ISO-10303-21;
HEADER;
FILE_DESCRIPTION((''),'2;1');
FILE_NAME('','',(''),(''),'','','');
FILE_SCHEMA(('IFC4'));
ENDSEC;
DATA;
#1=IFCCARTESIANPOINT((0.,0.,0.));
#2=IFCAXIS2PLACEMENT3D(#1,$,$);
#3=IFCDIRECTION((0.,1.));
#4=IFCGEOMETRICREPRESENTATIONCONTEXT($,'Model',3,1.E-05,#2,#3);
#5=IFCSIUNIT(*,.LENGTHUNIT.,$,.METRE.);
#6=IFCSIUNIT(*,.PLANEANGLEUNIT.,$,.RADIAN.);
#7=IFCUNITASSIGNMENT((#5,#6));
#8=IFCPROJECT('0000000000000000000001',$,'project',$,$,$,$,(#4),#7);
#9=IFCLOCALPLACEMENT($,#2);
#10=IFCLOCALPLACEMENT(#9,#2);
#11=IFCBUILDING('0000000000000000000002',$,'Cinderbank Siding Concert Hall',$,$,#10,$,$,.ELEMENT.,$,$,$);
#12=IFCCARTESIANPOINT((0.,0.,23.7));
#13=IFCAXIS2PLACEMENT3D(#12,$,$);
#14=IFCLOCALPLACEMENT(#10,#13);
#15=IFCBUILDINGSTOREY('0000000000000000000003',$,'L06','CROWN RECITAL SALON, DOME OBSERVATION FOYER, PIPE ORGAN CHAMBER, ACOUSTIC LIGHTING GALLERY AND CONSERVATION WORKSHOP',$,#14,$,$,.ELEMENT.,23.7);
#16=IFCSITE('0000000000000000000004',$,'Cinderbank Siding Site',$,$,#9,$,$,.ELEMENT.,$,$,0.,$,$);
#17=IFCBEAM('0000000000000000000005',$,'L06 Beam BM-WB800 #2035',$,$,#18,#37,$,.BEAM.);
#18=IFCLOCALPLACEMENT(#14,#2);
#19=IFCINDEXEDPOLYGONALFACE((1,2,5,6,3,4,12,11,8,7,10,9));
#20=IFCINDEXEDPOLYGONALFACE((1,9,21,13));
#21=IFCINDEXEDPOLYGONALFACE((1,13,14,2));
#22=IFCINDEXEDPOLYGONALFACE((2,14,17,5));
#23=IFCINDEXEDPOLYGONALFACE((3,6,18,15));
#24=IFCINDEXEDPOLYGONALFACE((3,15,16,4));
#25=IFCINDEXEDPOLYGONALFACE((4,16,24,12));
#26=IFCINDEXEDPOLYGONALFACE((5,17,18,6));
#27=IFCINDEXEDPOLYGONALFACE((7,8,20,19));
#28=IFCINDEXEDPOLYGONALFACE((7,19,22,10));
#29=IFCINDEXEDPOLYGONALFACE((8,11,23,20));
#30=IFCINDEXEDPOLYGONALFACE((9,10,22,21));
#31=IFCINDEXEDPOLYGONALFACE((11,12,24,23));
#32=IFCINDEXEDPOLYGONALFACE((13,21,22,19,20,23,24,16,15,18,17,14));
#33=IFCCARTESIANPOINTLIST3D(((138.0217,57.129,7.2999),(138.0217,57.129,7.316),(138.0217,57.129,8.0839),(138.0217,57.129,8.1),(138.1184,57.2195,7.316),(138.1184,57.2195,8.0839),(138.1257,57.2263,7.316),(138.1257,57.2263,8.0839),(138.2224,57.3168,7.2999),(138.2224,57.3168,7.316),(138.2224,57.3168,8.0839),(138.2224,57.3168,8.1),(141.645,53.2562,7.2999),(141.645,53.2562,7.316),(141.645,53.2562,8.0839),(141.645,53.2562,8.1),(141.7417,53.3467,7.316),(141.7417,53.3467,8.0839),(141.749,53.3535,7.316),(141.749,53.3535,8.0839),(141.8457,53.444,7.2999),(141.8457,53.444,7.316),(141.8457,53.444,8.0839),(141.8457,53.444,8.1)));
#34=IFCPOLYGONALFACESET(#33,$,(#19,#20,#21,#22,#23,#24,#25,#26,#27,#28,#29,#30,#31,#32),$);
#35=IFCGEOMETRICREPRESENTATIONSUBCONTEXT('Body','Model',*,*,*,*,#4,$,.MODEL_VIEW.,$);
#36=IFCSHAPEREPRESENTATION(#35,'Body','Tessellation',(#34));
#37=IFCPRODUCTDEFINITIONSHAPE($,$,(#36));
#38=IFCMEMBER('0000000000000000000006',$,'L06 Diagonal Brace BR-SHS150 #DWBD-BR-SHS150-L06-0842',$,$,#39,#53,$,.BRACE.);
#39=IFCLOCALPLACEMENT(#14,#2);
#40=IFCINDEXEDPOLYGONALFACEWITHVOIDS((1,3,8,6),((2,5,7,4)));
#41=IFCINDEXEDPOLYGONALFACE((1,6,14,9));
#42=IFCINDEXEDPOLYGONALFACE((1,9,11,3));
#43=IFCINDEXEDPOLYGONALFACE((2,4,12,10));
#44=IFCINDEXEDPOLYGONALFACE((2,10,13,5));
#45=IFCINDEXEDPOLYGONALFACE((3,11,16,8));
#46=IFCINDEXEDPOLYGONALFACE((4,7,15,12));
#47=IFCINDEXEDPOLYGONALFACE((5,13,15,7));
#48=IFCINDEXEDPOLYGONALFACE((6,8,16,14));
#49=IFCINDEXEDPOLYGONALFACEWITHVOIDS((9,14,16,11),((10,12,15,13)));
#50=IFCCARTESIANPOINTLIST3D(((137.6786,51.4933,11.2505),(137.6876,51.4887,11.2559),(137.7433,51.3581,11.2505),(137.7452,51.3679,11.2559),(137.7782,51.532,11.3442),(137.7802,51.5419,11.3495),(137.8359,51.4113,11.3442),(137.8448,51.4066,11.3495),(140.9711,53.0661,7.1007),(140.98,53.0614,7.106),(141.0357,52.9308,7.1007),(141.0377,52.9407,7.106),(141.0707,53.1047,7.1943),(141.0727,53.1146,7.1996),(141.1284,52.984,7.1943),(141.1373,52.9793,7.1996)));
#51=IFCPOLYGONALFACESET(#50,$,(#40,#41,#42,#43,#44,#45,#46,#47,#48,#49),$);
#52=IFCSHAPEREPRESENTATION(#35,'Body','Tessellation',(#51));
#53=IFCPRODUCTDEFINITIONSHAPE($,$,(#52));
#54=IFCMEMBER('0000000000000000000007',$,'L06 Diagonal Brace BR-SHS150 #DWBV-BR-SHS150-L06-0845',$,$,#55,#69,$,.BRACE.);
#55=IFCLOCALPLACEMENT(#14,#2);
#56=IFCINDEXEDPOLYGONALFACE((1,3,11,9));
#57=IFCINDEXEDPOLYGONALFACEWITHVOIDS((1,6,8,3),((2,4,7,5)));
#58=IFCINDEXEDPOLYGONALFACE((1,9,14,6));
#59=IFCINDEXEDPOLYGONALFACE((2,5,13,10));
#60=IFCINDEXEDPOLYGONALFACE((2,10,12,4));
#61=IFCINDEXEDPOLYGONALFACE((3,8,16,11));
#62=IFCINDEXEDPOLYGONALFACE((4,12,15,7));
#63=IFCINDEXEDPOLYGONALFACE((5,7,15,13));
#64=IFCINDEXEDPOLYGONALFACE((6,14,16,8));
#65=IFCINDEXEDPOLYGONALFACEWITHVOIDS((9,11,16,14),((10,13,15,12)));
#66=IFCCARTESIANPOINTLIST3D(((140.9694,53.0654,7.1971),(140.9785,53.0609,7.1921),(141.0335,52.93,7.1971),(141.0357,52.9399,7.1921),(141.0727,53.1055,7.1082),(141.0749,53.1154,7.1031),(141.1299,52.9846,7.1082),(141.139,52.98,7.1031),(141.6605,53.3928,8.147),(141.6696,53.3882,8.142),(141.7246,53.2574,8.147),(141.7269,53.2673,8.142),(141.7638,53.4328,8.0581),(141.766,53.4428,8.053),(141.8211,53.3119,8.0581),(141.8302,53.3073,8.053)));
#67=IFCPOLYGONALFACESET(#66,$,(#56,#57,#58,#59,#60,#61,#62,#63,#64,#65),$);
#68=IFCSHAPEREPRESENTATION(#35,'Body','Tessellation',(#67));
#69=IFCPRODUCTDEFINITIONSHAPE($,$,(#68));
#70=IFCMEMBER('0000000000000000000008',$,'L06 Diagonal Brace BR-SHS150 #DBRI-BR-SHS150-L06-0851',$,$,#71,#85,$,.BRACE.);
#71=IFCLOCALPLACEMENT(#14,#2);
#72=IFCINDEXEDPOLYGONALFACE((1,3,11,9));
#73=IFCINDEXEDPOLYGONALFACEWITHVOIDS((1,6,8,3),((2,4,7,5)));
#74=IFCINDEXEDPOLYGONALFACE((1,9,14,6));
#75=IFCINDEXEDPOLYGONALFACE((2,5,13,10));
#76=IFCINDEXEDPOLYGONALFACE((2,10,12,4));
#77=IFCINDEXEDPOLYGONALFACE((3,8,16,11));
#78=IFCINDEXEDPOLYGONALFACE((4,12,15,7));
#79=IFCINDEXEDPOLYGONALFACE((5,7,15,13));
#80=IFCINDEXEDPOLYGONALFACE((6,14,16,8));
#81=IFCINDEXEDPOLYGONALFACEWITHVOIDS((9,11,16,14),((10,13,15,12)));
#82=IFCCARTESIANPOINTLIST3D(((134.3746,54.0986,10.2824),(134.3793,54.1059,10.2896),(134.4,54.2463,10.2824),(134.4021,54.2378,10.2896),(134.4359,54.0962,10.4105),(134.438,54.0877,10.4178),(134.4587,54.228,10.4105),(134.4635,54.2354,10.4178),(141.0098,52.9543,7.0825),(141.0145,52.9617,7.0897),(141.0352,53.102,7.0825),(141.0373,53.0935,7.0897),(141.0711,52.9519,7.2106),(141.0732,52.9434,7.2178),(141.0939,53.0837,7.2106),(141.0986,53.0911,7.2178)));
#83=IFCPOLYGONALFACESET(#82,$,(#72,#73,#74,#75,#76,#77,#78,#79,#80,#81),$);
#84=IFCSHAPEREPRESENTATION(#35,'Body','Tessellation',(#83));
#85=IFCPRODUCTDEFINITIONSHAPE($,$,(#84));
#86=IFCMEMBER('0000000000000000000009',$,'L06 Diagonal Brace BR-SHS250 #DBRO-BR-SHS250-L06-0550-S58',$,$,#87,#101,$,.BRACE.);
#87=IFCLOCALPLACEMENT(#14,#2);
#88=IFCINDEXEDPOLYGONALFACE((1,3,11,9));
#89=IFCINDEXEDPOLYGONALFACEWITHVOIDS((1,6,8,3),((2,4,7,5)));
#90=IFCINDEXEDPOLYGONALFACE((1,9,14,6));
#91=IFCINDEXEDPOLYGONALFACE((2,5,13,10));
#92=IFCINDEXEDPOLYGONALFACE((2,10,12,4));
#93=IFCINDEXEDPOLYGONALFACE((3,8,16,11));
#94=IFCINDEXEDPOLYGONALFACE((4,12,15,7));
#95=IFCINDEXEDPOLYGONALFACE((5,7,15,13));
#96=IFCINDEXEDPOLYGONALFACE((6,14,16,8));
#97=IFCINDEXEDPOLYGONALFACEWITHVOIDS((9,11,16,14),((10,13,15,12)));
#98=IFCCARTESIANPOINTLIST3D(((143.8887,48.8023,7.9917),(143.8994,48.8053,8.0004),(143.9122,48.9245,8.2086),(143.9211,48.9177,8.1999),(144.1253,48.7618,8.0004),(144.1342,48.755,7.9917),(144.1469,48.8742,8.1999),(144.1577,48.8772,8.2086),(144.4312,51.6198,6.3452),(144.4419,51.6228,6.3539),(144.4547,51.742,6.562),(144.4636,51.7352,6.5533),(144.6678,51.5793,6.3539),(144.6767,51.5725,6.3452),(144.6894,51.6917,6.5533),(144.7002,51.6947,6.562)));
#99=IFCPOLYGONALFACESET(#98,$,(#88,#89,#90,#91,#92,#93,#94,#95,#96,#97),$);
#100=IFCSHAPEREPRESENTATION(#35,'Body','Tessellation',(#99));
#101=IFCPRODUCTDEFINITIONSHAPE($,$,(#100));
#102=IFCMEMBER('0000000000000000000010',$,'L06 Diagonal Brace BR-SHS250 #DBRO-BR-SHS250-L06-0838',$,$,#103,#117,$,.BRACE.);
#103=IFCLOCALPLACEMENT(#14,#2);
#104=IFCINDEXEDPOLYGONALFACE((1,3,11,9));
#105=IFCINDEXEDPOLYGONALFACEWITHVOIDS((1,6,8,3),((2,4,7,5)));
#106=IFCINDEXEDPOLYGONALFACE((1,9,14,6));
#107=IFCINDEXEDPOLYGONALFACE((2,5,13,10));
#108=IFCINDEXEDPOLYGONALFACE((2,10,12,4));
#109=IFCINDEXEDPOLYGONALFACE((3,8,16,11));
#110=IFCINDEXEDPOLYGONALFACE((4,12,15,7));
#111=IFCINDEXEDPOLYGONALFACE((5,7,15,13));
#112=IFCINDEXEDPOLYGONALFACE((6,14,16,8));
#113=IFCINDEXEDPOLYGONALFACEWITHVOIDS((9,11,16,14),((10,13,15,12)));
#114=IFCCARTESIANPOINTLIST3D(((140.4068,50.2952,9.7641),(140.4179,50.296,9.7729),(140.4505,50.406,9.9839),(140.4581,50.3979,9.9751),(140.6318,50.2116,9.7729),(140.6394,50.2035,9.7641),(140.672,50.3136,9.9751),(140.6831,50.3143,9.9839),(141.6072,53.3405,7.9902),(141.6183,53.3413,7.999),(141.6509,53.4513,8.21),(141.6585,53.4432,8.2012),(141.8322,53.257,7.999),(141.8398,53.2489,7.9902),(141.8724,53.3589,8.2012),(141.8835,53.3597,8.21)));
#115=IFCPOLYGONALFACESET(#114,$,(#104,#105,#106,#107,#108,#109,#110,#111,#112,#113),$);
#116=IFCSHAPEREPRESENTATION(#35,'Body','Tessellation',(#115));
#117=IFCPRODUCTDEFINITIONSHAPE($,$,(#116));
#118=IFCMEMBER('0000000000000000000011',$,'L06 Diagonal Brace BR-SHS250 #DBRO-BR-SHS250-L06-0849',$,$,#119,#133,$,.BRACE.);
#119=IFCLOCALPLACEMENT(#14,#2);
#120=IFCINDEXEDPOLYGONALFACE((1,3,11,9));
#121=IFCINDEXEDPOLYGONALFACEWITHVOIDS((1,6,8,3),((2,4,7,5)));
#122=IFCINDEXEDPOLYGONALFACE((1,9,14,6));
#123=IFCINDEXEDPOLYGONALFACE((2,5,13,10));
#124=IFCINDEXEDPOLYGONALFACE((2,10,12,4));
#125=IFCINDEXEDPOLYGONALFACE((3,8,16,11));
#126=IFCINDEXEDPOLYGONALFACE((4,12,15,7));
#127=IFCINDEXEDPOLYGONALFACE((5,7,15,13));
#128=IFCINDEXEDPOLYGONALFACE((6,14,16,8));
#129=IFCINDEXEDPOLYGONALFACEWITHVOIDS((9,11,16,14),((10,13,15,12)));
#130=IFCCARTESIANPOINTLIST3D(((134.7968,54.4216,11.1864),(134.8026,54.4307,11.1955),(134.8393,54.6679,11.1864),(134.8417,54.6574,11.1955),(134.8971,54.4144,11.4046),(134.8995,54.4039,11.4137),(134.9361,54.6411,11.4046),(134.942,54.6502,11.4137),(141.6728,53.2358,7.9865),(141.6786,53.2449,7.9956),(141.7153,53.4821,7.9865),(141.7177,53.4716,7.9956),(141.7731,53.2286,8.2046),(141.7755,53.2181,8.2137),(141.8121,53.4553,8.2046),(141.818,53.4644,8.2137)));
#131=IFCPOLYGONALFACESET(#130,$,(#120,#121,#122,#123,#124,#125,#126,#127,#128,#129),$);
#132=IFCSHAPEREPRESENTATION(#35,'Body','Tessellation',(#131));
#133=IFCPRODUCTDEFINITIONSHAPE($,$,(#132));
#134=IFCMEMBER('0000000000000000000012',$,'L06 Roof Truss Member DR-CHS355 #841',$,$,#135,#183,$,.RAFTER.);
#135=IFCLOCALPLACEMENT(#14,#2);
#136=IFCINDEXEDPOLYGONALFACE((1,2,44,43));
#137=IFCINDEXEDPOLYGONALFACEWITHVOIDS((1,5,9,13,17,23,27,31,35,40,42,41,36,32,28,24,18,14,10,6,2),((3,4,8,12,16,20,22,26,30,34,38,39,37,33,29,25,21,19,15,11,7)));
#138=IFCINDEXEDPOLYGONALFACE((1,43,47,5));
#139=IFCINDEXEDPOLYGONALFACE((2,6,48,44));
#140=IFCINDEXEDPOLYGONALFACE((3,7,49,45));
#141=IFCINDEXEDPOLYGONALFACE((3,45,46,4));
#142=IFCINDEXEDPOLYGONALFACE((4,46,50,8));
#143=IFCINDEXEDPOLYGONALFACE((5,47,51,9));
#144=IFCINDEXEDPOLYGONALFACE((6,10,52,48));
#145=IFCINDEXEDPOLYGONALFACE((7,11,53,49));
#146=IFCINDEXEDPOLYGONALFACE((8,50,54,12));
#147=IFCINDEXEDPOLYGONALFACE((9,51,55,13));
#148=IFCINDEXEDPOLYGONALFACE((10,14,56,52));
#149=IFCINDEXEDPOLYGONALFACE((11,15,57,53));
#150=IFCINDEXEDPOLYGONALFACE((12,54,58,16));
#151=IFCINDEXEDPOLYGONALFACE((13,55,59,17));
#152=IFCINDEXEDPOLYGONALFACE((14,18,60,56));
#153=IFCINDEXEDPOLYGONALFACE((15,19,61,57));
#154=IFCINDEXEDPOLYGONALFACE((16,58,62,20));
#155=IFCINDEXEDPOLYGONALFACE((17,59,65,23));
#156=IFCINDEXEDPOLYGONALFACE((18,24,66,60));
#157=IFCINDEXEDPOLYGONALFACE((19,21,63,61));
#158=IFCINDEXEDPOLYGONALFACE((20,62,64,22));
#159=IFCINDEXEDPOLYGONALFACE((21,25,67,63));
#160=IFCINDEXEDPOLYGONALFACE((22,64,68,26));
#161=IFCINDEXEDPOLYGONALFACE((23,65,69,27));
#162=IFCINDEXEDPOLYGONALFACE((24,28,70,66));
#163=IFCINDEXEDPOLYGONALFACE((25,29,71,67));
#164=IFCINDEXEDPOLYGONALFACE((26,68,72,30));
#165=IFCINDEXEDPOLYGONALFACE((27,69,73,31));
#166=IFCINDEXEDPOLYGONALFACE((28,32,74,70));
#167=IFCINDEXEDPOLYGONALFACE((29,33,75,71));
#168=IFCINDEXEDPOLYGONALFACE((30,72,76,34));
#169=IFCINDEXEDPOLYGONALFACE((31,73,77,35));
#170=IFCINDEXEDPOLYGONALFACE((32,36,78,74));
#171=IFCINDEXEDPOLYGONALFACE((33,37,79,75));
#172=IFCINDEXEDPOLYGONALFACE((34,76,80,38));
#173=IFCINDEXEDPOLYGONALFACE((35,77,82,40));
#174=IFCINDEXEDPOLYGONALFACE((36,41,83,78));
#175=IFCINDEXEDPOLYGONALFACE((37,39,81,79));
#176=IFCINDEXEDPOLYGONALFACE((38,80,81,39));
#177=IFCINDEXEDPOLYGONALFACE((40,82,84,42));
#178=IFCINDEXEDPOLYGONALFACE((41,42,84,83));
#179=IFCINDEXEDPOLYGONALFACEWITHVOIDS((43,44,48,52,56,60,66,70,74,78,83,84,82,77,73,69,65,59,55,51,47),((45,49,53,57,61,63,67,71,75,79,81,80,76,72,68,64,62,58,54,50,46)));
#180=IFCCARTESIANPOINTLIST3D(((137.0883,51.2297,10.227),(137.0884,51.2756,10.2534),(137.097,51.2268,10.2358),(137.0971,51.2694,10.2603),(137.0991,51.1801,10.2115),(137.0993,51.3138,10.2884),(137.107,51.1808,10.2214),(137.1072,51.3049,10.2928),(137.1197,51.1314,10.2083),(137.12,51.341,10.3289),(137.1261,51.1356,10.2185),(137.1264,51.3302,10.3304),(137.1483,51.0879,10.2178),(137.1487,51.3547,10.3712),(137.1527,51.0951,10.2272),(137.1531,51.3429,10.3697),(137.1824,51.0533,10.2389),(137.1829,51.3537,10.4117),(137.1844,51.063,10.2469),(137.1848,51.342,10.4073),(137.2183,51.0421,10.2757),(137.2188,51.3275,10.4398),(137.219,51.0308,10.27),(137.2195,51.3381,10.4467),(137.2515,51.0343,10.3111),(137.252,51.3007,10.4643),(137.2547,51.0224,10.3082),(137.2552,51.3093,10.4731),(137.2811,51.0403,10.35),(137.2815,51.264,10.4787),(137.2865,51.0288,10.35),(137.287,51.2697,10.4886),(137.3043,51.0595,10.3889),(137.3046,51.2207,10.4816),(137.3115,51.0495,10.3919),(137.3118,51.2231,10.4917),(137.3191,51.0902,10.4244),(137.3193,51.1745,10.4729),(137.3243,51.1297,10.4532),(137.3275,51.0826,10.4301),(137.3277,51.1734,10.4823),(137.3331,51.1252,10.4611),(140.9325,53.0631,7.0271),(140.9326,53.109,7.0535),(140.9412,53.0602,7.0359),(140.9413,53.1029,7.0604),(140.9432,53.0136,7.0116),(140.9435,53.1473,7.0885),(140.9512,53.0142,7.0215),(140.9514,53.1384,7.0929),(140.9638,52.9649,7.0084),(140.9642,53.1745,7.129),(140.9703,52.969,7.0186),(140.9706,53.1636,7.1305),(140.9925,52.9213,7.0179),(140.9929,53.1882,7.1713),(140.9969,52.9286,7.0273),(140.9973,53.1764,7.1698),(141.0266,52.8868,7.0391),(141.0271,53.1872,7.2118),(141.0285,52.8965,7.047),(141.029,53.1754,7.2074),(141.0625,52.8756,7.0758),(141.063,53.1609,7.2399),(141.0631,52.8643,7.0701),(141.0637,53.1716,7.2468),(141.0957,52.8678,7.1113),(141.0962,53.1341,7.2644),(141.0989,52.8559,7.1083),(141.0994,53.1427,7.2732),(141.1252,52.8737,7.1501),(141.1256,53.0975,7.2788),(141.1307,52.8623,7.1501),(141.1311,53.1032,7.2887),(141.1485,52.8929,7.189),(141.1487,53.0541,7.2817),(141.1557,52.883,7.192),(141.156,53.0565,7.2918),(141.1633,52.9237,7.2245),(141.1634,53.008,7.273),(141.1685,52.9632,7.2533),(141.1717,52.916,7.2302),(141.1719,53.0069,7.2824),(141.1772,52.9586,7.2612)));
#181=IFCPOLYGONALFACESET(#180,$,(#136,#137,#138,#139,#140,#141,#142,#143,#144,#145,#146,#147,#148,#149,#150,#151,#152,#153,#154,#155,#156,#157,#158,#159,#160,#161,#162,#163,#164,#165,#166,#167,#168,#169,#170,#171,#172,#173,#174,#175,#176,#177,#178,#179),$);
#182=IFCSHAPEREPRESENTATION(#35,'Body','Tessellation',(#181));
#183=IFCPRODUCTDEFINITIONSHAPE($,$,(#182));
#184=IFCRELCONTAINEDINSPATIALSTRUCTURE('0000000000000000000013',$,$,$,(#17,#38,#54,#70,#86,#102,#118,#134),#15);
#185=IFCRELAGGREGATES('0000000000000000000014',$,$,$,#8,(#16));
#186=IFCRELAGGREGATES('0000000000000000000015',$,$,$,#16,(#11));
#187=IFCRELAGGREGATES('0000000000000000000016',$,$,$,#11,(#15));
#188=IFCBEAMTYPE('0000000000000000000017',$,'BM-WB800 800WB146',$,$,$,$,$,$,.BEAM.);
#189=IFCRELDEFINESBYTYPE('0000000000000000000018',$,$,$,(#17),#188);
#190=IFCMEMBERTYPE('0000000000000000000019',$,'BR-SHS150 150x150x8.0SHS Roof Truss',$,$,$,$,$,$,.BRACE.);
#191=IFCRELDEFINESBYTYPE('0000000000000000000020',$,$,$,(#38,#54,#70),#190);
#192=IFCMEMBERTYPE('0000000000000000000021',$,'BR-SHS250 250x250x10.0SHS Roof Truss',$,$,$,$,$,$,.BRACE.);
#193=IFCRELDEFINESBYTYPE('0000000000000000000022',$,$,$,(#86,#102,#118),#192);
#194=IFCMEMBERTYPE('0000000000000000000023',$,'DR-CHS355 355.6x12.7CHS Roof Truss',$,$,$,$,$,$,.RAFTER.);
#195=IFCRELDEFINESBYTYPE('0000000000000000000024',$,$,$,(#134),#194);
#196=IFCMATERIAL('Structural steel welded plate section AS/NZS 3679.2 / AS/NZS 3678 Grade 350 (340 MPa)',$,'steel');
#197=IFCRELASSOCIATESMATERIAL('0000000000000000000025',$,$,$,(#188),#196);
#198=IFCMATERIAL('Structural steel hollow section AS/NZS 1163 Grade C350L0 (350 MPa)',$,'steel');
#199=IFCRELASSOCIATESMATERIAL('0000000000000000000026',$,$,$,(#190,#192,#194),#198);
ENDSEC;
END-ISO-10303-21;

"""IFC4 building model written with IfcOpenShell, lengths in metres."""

from ifc_helpers import new_model, si_unit, direction, frame, origin, origin_2d, place, context, subcontext, project, spatial, hollow_rectangle, hollow_circle, i_section, extrude, material, material_profile, profile_set, type_object, element, save


model = new_model("IFC4")

# Units and contexts
model_context = context("Model", 3, precision=1e-05, world=origin(), true_north=direction((0.0, 1.0)))
body_context = subcontext(model_context, "Body", "Model", "MODEL_VIEW")
ifc_project = project(units=[si_unit("LENGTHUNIT", "METRE"), si_unit("PLANEANGLEUNIT", "RADIAN")], contexts=[model_context])

# Site, building, storey
site_placement = place(None, origin())
site = spatial("IfcSite", under=ifc_project, at=site_placement, Name="Cinderbank Siding Site", CompositionType="ELEMENT", RefElevation=0.0)
building_placement = place(site_placement, origin())
building = spatial("IfcBuilding", under=site, at=building_placement, Name="Cinderbank Siding Concert Hall", CompositionType="ELEMENT")
storey_placement = place(building_placement, frame((0.0, 0.0, 23.7)))
storey = spatial("IfcBuildingStorey", under=building, at=storey_placement, Name="L06", Description="CROWN RECITAL SALON, DOME OBSERVATION FOYER, PIPE ORGAN CHAMBER, ACOUSTIC LIGHTING GALLERY AND CONSERVATION WORKSHOP", CompositionType="ELEMENT", Elevation=23.7)

# Beam
ifc_material_1 = material(Name="Structural steel welded plate section AS/NZS 3679.2 / AS/NZS 3678 Grade 350 (340 MPa)", Category="steel")
ifc_material_profile_1 = material_profile(ifc_material_1, i_section(OverallWidth=0.2749, OverallDepth=0.8, WebThickness=0.01, FlangeThickness=0.0161, at=origin_2d()), Name="800WB146", Category="LoadBearing")
ifc_profile_set_1 = profile_set([ifc_material_profile_1], Name="Structural steel welded plate section AS/NZS 3679.2 / AS/NZS 3678 Grade 350 (340 MPa)")
beam_type = type_object("IfcBeamType", Name="BM-WB800 800WB146", PredefinedType="BEAM", material=ifc_profile_set_1)
beam_placement = place(storey_placement, frame((141.7454, 53.3501, 7.7), z_axis=(-0.683192, 0.730239, 0.0), x_axis=(-0.730239, -0.683192, 0.0)))
element("IfcBeam", 1, at=beam_placement, inside=storey, type_object=beam_type, Name="L06 Beam BM-WB800 #2035", PredefinedType="BEAM", context=body_context, shape_type="SweptSolid", body=[
    extrude(i_section(OverallWidth=0.2749, OverallDepth=0.8, WebThickness=0.01, FlangeThickness=0.0161, at=origin_2d()), origin(), (0.0, 0.0, 1.0), 5.3035),
])

# Members
ifc_material_2 = material(Name="Structural steel hollow section AS/NZS 1163 Grade C350L0 (350 MPa)", Category="steel")
ifc_material_profile_2 = material_profile(ifc_material_2, hollow_rectangle(XDim=0.1499, YDim=0.1499, WallThickness=0.0081, at=origin_2d()), Name="150x150x8.0SHS", Category="LoadBearing")
ifc_profile_set_2 = profile_set([ifc_material_profile_2], Name="Structural steel hollow section AS/NZS 1163 Grade C350L0 (350 MPa)")
member_type_1 = type_object("IfcMemberType", Name="BR-SHS150 150x150x8.0SHS Roof Truss", PredefinedType="BRACE", material=ifc_profile_set_2)
member_1_placement = place(storey_placement, frame((141.0542, 53.0227, 7.1501), z_axis=(-0.595826, -0.284615, 0.75099), x_axis=(0.431029, -0.902338, 0.0)))
element("IfcMember", 2, at=member_1_placement, inside=storey, type_object=member_type_1, Name="L06 Diagonal Brace BR-SHS150 #DWBD-BR-SHS150-L06-0842", PredefinedType="BRACE", context=body_context, shape_type="SweptSolid", body=[
    extrude(hollow_rectangle(XDim=0.1499, YDim=0.1499, WallThickness=0.0081, at=origin_2d()), origin(), (0.0, 0.0, 1.0), 5.5259),
])
member_2_placement = place(storey_placement, frame((141.0542, 53.0227, 7.1501), z_axis=(0.566736, 0.268454, 0.778937), x_axis=(-0.428086, 0.903738, 0.0)))
element("IfcMember", 3, at=member_2_placement, inside=storey, type_object=member_type_1, Name="L06 Diagonal Brace BR-SHS150 #DWBV-BR-SHS150-L06-0845", PredefinedType="BRACE", context=body_context, shape_type="SweptSolid", body=[
    extrude(hollow_rectangle(XDim=0.1499, YDim=0.1499, WallThickness=0.0081, at=origin_2d()), origin(), (0.0, 0.0, 1.0), 1.2195),
])
member_3_placement = place(storey_placement, frame((141.0542, 53.0227, 7.1501), z_axis=(-0.890052, 0.153494, 0.429241), x_axis=(-0.169947, -0.985453, 0.0)))
element("IfcMember", 4, at=member_3_placement, inside=storey, type_object=member_type_1, Name="L06 Diagonal Brace BR-SHS150 #DBRI-BR-SHS150-L06-0851", PredefinedType="BRACE", context=body_context, shape_type="SweptSolid", body=[
    extrude(hollow_rectangle(XDim=0.1499, YDim=0.1499, WallThickness=0.0081, at=origin_2d()), origin(), (0.0, 0.0, 1.0), 7.4548),
])
ifc_material_profile_3 = material_profile(ifc_material_2, hollow_rectangle(XDim=0.25, YDim=0.25, WallThickness=0.01, at=origin_2d()), Name="250x250x10.0SHS", Category="LoadBearing")
ifc_profile_set_3 = profile_set([ifc_material_profile_3], Name="Structural steel hollow section AS/NZS 1163 Grade C350L0 (350 MPa)")
member_type_2 = type_object("IfcMemberType", Name="BR-SHS250 250x250x10.0SHS Roof Truss", PredefinedType="BRACE", material=ifc_profile_set_3)
member_4_placement = place(storey_placement, frame((144.5657, 51.6572, 6.4536), z_axis=(-0.163991, -0.851689, 0.497729), x_axis=(0.981963, -0.189075, 0.0)))
element("IfcMember", 5, at=member_4_placement, inside=storey, type_object=member_type_2, Name="L06 Diagonal Brace BR-SHS250 #DBRO-BR-SHS250-L06-0550-S58", PredefinedType="BRACE", context=body_context, shape_type="SweptSolid", body=[
    extrude(hollow_rectangle(XDim=0.25, YDim=0.25, WallThickness=0.01, at=origin_2d()), origin(), (0.0, 0.0, 1.0), 3.3081),
])
member_5_placement = place(storey_placement, frame((141.7454, 53.3501, 8.1001), z_axis=(-0.322419, -0.81795, 0.476449), x_axis=(0.930332, -0.366718, 0.0)))
element("IfcMember", 6, at=member_5_placement, inside=storey, type_object=member_type_2, Name="L06 Diagonal Brace BR-SHS250 #DBRO-BR-SHS250-L06-0838", PredefinedType="BRACE", context=body_context, shape_type="SweptSolid", body=[
    extrude(hollow_rectangle(XDim=0.25, YDim=0.25, WallThickness=0.01, at=origin_2d()), origin(), (0.0, 0.0, 1.0), 3.7231),
])
member_6_placement = place(storey_placement, frame((141.7454, 53.3501, 8.1001), z_axis=(-0.895747, 0.154475, 0.416864), x_axis=(-0.169946, -0.985453, 0.0)))
element("IfcMember", 7, at=member_6_placement, inside=storey, type_object=member_type_2, Name="L06 Diagonal Brace BR-SHS250 #DBRO-BR-SHS250-L06-0849", PredefinedType="BRACE", context=body_context, shape_type="SweptSolid", body=[
    extrude(hollow_rectangle(XDim=0.25, YDim=0.25, WallThickness=0.01, at=origin_2d()), origin(), (0.0, 0.0, 1.0), 7.6763),
])
ifc_material_profile_4 = material_profile(ifc_material_2, hollow_circle(Radius=0.1777, WallThickness=0.0127, at=origin_2d()), Name="355.6x12.7CHS", Category="LoadBearing")
ifc_profile_set_4 = profile_set([ifc_material_profile_4], Name="Structural steel hollow section AS/NZS 1163 Grade C350L0 (350 MPa)")
member_type_3 = type_object("IfcMemberType", Name="DR-CHS355 355.6x12.7CHS Roof Truss", PredefinedType="RAFTER", material=ifc_profile_set_4)
member_7_placement = place(storey_placement, frame((141.0542, 53.0227, 7.1501), z_axis=(-0.721618, -0.344173, 0.600676), x_axis=(0.43049, -0.902595, 0.0)))
element("IfcMember", 8, at=member_7_placement, inside=storey, type_object=member_type_3, Name="L06 Roof Truss Member DR-CHS355 #841", PredefinedType="RAFTER", context=body_context, shape_type="SweptSolid", body=[
    extrude(hollow_circle(Radius=0.1777, WallThickness=0.0127, at=origin_2d()), origin(), (0.0, 0.0, 1.0), 5.3271),
])

save(model, "model.ifc")
